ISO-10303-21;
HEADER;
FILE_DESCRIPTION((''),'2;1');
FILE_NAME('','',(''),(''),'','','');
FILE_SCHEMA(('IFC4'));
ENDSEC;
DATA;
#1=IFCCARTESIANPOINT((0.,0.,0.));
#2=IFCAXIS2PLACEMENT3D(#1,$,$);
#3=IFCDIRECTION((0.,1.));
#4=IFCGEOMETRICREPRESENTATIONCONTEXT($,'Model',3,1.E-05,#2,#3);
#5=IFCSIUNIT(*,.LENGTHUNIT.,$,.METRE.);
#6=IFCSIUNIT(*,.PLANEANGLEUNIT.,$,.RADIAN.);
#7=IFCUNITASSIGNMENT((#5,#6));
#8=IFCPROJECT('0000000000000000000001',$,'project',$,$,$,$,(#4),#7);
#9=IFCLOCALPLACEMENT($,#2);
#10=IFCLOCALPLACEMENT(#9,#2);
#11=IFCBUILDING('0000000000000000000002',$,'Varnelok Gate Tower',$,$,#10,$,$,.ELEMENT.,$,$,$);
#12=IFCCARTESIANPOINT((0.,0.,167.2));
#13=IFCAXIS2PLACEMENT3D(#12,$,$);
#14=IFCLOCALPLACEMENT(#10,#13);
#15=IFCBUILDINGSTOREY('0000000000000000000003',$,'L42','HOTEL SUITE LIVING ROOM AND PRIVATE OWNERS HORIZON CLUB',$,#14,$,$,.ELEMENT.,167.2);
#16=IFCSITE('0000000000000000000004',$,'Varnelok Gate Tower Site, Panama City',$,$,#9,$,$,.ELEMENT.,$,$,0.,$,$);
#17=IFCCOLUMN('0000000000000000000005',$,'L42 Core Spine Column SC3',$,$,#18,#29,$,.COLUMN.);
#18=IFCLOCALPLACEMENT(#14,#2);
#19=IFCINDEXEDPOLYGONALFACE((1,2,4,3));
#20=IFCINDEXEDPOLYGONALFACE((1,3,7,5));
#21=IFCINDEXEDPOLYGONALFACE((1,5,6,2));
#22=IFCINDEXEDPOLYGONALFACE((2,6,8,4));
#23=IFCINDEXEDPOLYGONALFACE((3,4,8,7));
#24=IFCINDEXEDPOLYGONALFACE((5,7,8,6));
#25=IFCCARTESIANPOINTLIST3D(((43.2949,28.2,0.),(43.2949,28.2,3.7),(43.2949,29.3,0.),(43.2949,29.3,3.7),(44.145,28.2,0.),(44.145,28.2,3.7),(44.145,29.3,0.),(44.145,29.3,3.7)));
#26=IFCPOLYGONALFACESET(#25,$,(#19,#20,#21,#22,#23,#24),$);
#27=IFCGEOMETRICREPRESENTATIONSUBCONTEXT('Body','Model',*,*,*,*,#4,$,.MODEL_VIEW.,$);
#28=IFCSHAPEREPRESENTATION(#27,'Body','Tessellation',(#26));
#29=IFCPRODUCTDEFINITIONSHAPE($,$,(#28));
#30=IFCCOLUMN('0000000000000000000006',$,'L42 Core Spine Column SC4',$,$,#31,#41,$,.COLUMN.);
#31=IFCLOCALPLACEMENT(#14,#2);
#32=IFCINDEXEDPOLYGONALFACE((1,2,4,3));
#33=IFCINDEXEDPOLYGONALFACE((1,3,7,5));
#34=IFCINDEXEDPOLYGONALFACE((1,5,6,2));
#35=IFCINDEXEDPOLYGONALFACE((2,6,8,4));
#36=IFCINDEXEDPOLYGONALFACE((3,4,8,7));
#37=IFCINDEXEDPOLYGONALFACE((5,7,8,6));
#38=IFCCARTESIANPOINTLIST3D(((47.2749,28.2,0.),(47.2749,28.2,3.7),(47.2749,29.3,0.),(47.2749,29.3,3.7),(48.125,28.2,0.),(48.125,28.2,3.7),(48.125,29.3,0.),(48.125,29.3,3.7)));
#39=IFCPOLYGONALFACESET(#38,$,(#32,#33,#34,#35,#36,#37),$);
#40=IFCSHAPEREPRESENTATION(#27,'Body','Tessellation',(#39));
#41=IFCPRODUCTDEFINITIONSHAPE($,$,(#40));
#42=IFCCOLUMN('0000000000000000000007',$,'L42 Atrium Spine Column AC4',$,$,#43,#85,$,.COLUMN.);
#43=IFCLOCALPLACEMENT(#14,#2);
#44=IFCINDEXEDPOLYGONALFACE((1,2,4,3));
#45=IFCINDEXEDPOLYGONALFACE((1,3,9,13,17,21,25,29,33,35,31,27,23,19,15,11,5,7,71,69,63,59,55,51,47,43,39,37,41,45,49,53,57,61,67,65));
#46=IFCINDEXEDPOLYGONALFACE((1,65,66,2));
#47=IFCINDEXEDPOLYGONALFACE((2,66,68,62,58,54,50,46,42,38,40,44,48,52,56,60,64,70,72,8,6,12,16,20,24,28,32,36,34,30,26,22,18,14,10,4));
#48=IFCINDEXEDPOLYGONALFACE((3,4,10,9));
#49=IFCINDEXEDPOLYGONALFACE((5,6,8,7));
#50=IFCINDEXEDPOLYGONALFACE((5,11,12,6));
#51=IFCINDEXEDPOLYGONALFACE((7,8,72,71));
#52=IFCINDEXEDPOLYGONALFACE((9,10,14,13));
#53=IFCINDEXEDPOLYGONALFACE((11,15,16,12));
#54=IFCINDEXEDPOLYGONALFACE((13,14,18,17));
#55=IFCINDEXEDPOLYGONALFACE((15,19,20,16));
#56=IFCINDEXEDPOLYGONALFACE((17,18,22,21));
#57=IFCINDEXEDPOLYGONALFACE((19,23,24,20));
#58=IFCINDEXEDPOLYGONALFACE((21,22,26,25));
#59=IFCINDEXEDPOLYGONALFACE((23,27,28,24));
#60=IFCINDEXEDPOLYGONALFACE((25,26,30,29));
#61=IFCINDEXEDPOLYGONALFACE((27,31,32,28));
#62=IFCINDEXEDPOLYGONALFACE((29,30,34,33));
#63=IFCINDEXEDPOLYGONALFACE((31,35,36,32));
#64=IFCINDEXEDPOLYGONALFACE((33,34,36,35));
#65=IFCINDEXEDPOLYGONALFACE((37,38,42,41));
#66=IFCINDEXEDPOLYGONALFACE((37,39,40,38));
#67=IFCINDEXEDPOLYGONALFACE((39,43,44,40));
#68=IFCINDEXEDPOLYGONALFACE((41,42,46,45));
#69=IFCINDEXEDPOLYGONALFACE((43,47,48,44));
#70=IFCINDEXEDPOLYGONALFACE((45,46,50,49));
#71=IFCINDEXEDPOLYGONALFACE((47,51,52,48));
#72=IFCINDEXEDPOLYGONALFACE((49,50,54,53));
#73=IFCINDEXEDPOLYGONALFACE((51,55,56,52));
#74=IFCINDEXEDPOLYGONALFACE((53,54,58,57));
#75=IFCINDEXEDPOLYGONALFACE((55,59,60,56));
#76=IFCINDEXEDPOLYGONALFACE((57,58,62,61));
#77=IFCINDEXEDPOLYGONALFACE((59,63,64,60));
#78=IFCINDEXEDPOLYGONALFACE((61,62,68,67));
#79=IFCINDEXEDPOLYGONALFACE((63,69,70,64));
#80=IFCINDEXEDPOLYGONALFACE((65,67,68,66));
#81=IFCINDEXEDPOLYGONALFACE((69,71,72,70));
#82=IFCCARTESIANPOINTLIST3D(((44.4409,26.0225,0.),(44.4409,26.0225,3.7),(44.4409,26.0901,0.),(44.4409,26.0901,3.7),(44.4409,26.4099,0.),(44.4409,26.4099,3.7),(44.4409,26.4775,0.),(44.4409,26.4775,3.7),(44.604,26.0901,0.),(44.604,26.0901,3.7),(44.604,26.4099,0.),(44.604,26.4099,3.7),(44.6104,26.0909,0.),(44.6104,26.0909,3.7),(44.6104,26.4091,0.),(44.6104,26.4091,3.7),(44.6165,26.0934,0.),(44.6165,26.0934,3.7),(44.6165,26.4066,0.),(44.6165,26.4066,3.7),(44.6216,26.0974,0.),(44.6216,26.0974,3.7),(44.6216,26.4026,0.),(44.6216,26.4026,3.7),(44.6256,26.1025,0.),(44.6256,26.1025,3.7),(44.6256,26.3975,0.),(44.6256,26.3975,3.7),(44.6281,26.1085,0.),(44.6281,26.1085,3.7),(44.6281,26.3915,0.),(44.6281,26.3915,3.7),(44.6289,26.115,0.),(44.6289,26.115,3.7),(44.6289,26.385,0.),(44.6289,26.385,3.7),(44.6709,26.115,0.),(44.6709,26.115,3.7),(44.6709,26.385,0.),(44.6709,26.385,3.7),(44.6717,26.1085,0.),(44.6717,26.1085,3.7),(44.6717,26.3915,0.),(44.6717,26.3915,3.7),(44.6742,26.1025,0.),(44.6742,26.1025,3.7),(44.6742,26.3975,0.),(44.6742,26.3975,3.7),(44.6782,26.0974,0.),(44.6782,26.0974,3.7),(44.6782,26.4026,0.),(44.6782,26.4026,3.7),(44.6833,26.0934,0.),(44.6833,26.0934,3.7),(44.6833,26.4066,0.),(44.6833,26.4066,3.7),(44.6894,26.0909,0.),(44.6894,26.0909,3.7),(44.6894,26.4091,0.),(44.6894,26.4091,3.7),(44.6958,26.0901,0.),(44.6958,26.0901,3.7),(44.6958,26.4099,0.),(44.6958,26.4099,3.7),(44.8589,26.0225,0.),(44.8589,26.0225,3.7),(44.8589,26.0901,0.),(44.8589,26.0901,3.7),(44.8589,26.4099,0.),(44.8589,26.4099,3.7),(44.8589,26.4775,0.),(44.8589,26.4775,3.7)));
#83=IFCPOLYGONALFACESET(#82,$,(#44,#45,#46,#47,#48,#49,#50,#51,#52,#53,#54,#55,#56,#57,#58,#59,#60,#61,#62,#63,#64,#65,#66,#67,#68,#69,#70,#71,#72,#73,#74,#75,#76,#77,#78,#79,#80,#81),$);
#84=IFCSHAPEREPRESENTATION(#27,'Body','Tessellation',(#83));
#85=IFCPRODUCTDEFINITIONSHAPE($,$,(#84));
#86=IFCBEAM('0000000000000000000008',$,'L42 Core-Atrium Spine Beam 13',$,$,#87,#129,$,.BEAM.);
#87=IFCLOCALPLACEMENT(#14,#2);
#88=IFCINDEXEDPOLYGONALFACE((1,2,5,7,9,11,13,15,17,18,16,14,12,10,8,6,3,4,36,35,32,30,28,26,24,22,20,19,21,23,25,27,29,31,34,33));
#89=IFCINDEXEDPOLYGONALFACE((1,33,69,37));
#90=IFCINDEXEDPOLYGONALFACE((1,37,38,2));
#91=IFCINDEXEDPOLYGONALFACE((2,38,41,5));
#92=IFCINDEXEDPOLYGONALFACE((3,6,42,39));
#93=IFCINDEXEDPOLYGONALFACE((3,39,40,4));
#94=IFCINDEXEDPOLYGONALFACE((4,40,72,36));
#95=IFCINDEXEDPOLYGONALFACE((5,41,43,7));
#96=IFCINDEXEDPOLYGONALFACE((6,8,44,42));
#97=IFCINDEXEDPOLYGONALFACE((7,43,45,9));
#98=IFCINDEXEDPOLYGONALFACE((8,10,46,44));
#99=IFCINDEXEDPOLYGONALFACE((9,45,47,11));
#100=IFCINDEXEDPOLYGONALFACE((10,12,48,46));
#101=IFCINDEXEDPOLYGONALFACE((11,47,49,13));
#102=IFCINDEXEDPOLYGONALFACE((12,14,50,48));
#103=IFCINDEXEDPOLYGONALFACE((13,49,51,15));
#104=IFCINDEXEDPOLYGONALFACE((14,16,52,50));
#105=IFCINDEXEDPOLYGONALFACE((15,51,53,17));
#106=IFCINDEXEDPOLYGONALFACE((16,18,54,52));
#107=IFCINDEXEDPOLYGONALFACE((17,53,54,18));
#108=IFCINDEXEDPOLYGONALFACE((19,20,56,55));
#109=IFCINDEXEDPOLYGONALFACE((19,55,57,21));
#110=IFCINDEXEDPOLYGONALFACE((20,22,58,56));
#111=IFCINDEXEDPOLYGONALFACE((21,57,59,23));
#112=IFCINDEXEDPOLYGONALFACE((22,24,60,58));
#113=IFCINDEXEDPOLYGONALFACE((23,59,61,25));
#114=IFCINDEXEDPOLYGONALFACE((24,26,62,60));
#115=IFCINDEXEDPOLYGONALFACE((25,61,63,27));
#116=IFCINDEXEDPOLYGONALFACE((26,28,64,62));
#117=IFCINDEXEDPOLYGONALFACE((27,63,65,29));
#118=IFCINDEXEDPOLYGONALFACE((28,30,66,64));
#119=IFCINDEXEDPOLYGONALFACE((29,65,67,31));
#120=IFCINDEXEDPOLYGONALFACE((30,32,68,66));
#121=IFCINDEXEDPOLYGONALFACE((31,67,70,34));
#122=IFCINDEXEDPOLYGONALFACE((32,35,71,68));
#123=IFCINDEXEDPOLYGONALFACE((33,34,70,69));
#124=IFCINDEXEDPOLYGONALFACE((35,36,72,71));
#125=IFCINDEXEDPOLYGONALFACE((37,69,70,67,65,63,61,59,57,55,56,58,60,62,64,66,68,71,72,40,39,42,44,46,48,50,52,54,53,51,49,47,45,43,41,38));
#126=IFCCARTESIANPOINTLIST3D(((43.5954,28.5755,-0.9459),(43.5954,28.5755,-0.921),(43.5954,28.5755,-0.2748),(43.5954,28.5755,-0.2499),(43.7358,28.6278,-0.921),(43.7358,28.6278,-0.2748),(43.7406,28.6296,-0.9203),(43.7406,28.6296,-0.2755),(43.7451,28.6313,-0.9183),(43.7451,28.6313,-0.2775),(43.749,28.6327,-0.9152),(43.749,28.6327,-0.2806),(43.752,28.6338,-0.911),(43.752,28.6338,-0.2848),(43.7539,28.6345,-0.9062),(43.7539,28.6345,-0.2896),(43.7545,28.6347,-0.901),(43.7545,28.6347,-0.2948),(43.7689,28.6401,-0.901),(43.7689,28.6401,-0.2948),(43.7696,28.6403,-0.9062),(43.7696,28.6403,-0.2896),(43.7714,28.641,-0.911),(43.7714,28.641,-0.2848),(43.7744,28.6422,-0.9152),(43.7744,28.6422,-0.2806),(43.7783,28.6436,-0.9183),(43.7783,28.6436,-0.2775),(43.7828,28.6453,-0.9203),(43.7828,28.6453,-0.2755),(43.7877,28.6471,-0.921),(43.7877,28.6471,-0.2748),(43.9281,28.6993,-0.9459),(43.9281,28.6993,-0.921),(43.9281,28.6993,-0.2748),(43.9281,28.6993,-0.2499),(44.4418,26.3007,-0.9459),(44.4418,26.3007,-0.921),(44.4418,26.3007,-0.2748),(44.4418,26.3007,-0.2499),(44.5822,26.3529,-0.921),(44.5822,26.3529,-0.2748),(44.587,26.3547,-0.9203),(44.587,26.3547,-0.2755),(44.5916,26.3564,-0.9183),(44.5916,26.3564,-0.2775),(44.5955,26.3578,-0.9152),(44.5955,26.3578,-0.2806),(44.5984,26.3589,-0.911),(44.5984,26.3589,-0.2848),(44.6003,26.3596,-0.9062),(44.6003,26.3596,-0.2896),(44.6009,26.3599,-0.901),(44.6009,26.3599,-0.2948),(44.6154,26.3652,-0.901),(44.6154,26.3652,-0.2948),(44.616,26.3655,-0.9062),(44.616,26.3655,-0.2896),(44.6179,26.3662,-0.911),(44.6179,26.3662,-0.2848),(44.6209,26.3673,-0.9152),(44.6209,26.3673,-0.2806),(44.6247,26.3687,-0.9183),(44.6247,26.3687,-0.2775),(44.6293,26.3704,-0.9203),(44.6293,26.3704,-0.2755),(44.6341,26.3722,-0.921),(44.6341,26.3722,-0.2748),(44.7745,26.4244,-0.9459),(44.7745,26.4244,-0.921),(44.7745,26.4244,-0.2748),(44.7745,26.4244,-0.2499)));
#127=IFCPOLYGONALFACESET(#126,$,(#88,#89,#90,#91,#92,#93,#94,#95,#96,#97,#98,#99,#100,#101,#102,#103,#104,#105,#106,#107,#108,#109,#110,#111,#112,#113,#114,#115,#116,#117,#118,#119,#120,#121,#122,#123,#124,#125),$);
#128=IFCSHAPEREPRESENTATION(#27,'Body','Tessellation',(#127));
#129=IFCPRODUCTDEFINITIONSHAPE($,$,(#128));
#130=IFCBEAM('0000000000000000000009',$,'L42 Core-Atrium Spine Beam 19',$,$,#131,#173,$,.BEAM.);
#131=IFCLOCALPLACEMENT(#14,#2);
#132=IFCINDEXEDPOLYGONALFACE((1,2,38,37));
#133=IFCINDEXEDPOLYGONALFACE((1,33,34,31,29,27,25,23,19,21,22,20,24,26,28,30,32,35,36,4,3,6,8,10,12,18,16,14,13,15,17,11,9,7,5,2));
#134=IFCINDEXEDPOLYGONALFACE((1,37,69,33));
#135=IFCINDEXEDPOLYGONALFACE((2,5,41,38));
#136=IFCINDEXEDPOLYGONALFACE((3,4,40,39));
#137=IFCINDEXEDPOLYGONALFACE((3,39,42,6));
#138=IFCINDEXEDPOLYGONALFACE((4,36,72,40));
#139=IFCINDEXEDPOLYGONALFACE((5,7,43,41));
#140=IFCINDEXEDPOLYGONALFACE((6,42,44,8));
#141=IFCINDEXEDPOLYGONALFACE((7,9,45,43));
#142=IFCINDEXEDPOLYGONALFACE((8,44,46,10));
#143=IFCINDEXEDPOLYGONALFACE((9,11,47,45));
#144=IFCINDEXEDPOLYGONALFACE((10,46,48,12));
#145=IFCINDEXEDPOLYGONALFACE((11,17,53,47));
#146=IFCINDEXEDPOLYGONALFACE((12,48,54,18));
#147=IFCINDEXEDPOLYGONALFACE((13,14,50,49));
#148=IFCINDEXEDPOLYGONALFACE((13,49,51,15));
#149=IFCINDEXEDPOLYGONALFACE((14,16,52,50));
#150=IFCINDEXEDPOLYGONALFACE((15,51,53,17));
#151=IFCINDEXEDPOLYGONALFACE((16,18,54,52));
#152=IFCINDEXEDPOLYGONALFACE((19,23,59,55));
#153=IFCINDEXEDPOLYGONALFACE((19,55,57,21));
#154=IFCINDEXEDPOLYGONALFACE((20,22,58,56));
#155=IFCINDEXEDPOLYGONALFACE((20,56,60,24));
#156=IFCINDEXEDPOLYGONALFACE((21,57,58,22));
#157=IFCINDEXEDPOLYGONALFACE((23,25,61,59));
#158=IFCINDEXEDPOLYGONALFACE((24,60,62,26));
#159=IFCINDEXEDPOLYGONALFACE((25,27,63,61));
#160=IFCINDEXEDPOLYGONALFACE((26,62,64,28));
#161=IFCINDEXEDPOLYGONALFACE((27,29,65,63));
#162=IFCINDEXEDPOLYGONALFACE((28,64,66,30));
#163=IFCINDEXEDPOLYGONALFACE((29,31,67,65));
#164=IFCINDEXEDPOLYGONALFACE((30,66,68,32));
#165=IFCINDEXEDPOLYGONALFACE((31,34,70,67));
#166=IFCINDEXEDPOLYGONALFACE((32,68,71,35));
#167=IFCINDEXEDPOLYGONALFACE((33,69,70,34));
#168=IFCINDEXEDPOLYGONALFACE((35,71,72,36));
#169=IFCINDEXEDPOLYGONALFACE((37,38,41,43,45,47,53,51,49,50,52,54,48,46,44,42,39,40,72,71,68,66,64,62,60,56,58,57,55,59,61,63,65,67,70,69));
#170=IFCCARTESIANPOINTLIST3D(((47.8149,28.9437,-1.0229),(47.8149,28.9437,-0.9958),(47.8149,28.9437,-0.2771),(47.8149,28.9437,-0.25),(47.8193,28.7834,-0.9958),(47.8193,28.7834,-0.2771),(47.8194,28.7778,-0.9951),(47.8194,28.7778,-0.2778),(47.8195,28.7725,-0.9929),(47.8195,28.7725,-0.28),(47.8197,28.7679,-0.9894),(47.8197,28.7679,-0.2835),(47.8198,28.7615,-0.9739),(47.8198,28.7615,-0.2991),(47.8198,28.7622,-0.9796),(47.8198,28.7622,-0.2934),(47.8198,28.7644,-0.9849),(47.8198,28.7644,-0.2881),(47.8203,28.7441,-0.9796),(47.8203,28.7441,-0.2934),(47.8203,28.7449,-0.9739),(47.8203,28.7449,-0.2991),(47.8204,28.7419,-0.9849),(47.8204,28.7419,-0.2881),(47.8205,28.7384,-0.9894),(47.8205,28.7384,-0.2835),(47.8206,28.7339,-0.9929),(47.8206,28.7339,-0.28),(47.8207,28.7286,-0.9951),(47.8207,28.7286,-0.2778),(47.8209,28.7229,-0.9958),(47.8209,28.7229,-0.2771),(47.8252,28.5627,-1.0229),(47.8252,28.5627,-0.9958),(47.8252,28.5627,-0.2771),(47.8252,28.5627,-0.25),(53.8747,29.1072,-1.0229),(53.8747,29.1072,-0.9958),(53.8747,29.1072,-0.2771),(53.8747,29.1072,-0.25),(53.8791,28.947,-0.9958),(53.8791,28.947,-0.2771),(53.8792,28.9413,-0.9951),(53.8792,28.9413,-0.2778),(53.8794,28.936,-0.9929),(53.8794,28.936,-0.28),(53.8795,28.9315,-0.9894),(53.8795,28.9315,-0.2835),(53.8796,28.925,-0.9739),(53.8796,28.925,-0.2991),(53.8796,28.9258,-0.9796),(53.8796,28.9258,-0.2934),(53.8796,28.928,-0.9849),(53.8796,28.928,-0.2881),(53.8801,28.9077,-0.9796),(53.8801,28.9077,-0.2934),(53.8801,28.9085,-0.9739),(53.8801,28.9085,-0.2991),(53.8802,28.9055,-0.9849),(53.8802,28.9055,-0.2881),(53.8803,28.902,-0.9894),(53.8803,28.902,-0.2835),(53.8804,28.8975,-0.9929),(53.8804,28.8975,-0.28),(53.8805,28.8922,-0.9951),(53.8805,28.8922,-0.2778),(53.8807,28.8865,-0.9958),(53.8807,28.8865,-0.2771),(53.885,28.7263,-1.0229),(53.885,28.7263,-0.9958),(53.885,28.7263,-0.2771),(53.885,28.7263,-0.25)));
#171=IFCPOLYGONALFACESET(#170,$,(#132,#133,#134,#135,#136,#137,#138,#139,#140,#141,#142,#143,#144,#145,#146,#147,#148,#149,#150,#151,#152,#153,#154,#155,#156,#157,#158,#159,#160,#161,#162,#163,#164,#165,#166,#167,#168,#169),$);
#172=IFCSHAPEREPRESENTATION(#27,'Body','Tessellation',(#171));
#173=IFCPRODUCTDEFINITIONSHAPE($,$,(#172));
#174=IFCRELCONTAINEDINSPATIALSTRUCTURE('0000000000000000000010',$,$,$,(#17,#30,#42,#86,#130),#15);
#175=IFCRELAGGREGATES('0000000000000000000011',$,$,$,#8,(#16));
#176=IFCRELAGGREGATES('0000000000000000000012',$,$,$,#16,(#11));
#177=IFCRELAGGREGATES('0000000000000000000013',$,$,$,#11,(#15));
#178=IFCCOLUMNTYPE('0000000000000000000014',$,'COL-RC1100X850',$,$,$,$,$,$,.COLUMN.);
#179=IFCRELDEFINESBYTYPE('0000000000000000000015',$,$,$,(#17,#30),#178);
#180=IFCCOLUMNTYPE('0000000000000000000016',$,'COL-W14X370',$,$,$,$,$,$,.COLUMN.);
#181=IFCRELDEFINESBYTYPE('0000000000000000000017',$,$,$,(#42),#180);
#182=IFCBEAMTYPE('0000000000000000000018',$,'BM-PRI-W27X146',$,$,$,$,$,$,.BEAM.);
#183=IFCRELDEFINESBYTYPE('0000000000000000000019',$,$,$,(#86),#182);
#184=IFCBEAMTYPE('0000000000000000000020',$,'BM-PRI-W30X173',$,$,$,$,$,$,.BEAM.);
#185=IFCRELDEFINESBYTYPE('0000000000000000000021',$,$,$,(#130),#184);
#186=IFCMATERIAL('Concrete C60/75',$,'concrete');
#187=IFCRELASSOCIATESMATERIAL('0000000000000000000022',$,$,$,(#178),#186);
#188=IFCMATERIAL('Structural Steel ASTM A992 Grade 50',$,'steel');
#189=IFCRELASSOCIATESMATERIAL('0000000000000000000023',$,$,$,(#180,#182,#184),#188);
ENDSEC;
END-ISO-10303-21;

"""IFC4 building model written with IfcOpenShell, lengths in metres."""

from ifc_helpers import new_model, si_unit, direction, frame, origin, origin_2d, place, context, subcontext, project, spatial, rectangle, i_section, extrude, material, material_profile, profile_set, type_object, element, save


model = new_model("IFC4")

# Units and contexts
model_context = context("Model", 3, precision=1e-05, world=origin(), true_north=direction((0.0, 1.0)))
body_context = subcontext(model_context, "Body", "Model", "MODEL_VIEW")
ifc_project = project(units=[si_unit("LENGTHUNIT", "METRE"), si_unit("PLANEANGLEUNIT", "RADIAN")], contexts=[model_context])

# Site, building, storey
site_placement = place(None, origin())
site = spatial("IfcSite", under=ifc_project, at=site_placement, Name="Varnelok Gate Tower Site, Panama City", CompositionType="ELEMENT", RefElevation=0.0)
building_placement = place(site_placement, origin())
building = spatial("IfcBuilding", under=site, at=building_placement, Name="Varnelok Gate Tower", CompositionType="ELEMENT")
storey_placement = place(building_placement, frame((0.0, 0.0, 167.2)))
storey = spatial("IfcBuildingStorey", under=building, at=storey_placement, Name="L42", Description="HOTEL SUITE LIVING ROOM AND PRIVATE OWNERS HORIZON CLUB", CompositionType="ELEMENT", Elevation=167.2)

# Columns
ifc_material_1 = material(Name="Concrete C60/75", Category="concrete")
ifc_material_profile_1 = material_profile(ifc_material_1, rectangle(XDim=0.8501, YDim=1.1001, at=origin_2d()), Name="RC1100X850")
ifc_profile_set_1 = profile_set([ifc_material_profile_1], Name="Concrete C60/75")
column_type_1 = type_object("IfcColumnType", Name="COL-RC1100X850", PredefinedType="COLUMN", material=ifc_profile_set_1)
for number, where, z_axis, x_axis, name in (
    (1, (43.72, 28.75, 0.0), (0.0, 0.0, 1.0), (1.0, 0.0, 0.0), "L42 Core Spine Column SC3"),
    (2, (47.7, 28.75, 0.0), (0.0, 0.0, 1.0), (1.0, 0.0, 0.0), "L42 Core Spine Column SC4"),
):
    element("IfcColumn", number, at=place(storey_placement, frame(where, z_axis=z_axis, x_axis=x_axis)), inside=storey, type_object=column_type_1, Name=name, PredefinedType="COLUMN", context=body_context, shape_type="SweptSolid", body=[
        extrude(rectangle(XDim=0.8501, YDim=1.1001, at=origin_2d()), origin(), (0.0, 0.0, 1.0), 3.7),
    ])
ifc_material_2 = material(Name="Structural Steel ASTM A992 Grade 50", Category="steel")
ifc_material_profile_2 = material_profile(ifc_material_2, i_section(OverallWidth=0.418, OverallDepth=0.4551, WebThickness=0.042, FlangeThickness=0.0676, FilletRadius=0.0249, at=origin_2d()), Name="W14X370")
ifc_profile_set_2 = profile_set([ifc_material_profile_2], Name="Structural Steel ASTM A992 Grade 50")
column_type_2 = type_object("IfcColumnType", Name="COL-W14X370", PredefinedType="COLUMN", material=ifc_profile_set_2)
column_placement = place(storey_placement, frame((44.6499, 26.25, 0.0), z_axis=(0.0, 0.0, 1.0), x_axis=(1.0, 0.0, 0.0)))
element("IfcColumn", 3, at=column_placement, inside=storey, type_object=column_type_2, Name="L42 Atrium Spine Column AC4", PredefinedType="COLUMN", context=body_context, shape_type="SweptSolid", body=[
    extrude(i_section(OverallWidth=0.418, OverallDepth=0.4551, WebThickness=0.042, FlangeThickness=0.0676, FilletRadius=0.0249, at=origin_2d()), origin(), (0.0, 0.0, 1.0), 3.7),
])

# Beams
ifc_material_profile_3 = material_profile(ifc_material_2, i_section(OverallWidth=0.355, OverallDepth=0.696, WebThickness=0.0154, FlangeThickness=0.0249, FilletRadius=0.02, at=origin_2d()), Name="W27X146")
ifc_profile_set_3 = profile_set([ifc_material_profile_3], Name="Structural Steel ASTM A992 Grade 50")
beam_type_1 = type_object("IfcBeamType", Name="BM-PRI-W27X146", PredefinedType="BEAM", material=ifc_profile_set_3)
beam_1_placement = place(storey_placement, frame((44.6082, 26.3625, -0.5979), z_axis=(-0.348719, 0.937227, 0.0), x_axis=(-0.937227, -0.348719, 0.0)))
element("IfcBeam", 4, at=beam_1_placement, inside=storey, type_object=beam_type_1, Name="L42 Core-Atrium Spine Beam 13", PredefinedType="BEAM", context=body_context, shape_type="SweptSolid", body=[
    extrude(i_section(OverallWidth=0.355, OverallDepth=0.696, WebThickness=0.0154, FlangeThickness=0.0249, FilletRadius=0.02, at=origin_2d()), origin(), (0.0, 0.0, 1.0), 2.4272),
])
ifc_material_profile_4 = material_profile(ifc_material_2, i_section(OverallWidth=0.3811, OverallDepth=0.7729, WebThickness=0.0166, FlangeThickness=0.0271, FilletRadius=0.022, at=origin_2d()), Name="W30X173")
ifc_profile_set_4 = profile_set([ifc_material_profile_4], Name="Structural Steel ASTM A992 Grade 50")
beam_type_2 = type_object("IfcBeamType", Name="BM-PRI-W30X173", PredefinedType="BEAM", material=ifc_profile_set_4)
beam_2_placement = place(storey_placement, frame((47.8201, 28.7532, -0.6365), z_axis=(0.999636, 0.026983, 0.0), x_axis=(-0.026983, 0.999636, 0.0)))
element("IfcBeam", 5, at=beam_2_placement, inside=storey, type_object=beam_type_2, Name="L42 Core-Atrium Spine Beam 19", PredefinedType="BEAM", context=body_context, shape_type="SweptSolid", body=[
    extrude(i_section(OverallWidth=0.3811, OverallDepth=0.7729, WebThickness=0.0166, FlangeThickness=0.0271, FilletRadius=0.022, at=origin_2d()), origin(), (0.0, 0.0, 1.0), 6.062),
])

save(model, "model.ifc")
